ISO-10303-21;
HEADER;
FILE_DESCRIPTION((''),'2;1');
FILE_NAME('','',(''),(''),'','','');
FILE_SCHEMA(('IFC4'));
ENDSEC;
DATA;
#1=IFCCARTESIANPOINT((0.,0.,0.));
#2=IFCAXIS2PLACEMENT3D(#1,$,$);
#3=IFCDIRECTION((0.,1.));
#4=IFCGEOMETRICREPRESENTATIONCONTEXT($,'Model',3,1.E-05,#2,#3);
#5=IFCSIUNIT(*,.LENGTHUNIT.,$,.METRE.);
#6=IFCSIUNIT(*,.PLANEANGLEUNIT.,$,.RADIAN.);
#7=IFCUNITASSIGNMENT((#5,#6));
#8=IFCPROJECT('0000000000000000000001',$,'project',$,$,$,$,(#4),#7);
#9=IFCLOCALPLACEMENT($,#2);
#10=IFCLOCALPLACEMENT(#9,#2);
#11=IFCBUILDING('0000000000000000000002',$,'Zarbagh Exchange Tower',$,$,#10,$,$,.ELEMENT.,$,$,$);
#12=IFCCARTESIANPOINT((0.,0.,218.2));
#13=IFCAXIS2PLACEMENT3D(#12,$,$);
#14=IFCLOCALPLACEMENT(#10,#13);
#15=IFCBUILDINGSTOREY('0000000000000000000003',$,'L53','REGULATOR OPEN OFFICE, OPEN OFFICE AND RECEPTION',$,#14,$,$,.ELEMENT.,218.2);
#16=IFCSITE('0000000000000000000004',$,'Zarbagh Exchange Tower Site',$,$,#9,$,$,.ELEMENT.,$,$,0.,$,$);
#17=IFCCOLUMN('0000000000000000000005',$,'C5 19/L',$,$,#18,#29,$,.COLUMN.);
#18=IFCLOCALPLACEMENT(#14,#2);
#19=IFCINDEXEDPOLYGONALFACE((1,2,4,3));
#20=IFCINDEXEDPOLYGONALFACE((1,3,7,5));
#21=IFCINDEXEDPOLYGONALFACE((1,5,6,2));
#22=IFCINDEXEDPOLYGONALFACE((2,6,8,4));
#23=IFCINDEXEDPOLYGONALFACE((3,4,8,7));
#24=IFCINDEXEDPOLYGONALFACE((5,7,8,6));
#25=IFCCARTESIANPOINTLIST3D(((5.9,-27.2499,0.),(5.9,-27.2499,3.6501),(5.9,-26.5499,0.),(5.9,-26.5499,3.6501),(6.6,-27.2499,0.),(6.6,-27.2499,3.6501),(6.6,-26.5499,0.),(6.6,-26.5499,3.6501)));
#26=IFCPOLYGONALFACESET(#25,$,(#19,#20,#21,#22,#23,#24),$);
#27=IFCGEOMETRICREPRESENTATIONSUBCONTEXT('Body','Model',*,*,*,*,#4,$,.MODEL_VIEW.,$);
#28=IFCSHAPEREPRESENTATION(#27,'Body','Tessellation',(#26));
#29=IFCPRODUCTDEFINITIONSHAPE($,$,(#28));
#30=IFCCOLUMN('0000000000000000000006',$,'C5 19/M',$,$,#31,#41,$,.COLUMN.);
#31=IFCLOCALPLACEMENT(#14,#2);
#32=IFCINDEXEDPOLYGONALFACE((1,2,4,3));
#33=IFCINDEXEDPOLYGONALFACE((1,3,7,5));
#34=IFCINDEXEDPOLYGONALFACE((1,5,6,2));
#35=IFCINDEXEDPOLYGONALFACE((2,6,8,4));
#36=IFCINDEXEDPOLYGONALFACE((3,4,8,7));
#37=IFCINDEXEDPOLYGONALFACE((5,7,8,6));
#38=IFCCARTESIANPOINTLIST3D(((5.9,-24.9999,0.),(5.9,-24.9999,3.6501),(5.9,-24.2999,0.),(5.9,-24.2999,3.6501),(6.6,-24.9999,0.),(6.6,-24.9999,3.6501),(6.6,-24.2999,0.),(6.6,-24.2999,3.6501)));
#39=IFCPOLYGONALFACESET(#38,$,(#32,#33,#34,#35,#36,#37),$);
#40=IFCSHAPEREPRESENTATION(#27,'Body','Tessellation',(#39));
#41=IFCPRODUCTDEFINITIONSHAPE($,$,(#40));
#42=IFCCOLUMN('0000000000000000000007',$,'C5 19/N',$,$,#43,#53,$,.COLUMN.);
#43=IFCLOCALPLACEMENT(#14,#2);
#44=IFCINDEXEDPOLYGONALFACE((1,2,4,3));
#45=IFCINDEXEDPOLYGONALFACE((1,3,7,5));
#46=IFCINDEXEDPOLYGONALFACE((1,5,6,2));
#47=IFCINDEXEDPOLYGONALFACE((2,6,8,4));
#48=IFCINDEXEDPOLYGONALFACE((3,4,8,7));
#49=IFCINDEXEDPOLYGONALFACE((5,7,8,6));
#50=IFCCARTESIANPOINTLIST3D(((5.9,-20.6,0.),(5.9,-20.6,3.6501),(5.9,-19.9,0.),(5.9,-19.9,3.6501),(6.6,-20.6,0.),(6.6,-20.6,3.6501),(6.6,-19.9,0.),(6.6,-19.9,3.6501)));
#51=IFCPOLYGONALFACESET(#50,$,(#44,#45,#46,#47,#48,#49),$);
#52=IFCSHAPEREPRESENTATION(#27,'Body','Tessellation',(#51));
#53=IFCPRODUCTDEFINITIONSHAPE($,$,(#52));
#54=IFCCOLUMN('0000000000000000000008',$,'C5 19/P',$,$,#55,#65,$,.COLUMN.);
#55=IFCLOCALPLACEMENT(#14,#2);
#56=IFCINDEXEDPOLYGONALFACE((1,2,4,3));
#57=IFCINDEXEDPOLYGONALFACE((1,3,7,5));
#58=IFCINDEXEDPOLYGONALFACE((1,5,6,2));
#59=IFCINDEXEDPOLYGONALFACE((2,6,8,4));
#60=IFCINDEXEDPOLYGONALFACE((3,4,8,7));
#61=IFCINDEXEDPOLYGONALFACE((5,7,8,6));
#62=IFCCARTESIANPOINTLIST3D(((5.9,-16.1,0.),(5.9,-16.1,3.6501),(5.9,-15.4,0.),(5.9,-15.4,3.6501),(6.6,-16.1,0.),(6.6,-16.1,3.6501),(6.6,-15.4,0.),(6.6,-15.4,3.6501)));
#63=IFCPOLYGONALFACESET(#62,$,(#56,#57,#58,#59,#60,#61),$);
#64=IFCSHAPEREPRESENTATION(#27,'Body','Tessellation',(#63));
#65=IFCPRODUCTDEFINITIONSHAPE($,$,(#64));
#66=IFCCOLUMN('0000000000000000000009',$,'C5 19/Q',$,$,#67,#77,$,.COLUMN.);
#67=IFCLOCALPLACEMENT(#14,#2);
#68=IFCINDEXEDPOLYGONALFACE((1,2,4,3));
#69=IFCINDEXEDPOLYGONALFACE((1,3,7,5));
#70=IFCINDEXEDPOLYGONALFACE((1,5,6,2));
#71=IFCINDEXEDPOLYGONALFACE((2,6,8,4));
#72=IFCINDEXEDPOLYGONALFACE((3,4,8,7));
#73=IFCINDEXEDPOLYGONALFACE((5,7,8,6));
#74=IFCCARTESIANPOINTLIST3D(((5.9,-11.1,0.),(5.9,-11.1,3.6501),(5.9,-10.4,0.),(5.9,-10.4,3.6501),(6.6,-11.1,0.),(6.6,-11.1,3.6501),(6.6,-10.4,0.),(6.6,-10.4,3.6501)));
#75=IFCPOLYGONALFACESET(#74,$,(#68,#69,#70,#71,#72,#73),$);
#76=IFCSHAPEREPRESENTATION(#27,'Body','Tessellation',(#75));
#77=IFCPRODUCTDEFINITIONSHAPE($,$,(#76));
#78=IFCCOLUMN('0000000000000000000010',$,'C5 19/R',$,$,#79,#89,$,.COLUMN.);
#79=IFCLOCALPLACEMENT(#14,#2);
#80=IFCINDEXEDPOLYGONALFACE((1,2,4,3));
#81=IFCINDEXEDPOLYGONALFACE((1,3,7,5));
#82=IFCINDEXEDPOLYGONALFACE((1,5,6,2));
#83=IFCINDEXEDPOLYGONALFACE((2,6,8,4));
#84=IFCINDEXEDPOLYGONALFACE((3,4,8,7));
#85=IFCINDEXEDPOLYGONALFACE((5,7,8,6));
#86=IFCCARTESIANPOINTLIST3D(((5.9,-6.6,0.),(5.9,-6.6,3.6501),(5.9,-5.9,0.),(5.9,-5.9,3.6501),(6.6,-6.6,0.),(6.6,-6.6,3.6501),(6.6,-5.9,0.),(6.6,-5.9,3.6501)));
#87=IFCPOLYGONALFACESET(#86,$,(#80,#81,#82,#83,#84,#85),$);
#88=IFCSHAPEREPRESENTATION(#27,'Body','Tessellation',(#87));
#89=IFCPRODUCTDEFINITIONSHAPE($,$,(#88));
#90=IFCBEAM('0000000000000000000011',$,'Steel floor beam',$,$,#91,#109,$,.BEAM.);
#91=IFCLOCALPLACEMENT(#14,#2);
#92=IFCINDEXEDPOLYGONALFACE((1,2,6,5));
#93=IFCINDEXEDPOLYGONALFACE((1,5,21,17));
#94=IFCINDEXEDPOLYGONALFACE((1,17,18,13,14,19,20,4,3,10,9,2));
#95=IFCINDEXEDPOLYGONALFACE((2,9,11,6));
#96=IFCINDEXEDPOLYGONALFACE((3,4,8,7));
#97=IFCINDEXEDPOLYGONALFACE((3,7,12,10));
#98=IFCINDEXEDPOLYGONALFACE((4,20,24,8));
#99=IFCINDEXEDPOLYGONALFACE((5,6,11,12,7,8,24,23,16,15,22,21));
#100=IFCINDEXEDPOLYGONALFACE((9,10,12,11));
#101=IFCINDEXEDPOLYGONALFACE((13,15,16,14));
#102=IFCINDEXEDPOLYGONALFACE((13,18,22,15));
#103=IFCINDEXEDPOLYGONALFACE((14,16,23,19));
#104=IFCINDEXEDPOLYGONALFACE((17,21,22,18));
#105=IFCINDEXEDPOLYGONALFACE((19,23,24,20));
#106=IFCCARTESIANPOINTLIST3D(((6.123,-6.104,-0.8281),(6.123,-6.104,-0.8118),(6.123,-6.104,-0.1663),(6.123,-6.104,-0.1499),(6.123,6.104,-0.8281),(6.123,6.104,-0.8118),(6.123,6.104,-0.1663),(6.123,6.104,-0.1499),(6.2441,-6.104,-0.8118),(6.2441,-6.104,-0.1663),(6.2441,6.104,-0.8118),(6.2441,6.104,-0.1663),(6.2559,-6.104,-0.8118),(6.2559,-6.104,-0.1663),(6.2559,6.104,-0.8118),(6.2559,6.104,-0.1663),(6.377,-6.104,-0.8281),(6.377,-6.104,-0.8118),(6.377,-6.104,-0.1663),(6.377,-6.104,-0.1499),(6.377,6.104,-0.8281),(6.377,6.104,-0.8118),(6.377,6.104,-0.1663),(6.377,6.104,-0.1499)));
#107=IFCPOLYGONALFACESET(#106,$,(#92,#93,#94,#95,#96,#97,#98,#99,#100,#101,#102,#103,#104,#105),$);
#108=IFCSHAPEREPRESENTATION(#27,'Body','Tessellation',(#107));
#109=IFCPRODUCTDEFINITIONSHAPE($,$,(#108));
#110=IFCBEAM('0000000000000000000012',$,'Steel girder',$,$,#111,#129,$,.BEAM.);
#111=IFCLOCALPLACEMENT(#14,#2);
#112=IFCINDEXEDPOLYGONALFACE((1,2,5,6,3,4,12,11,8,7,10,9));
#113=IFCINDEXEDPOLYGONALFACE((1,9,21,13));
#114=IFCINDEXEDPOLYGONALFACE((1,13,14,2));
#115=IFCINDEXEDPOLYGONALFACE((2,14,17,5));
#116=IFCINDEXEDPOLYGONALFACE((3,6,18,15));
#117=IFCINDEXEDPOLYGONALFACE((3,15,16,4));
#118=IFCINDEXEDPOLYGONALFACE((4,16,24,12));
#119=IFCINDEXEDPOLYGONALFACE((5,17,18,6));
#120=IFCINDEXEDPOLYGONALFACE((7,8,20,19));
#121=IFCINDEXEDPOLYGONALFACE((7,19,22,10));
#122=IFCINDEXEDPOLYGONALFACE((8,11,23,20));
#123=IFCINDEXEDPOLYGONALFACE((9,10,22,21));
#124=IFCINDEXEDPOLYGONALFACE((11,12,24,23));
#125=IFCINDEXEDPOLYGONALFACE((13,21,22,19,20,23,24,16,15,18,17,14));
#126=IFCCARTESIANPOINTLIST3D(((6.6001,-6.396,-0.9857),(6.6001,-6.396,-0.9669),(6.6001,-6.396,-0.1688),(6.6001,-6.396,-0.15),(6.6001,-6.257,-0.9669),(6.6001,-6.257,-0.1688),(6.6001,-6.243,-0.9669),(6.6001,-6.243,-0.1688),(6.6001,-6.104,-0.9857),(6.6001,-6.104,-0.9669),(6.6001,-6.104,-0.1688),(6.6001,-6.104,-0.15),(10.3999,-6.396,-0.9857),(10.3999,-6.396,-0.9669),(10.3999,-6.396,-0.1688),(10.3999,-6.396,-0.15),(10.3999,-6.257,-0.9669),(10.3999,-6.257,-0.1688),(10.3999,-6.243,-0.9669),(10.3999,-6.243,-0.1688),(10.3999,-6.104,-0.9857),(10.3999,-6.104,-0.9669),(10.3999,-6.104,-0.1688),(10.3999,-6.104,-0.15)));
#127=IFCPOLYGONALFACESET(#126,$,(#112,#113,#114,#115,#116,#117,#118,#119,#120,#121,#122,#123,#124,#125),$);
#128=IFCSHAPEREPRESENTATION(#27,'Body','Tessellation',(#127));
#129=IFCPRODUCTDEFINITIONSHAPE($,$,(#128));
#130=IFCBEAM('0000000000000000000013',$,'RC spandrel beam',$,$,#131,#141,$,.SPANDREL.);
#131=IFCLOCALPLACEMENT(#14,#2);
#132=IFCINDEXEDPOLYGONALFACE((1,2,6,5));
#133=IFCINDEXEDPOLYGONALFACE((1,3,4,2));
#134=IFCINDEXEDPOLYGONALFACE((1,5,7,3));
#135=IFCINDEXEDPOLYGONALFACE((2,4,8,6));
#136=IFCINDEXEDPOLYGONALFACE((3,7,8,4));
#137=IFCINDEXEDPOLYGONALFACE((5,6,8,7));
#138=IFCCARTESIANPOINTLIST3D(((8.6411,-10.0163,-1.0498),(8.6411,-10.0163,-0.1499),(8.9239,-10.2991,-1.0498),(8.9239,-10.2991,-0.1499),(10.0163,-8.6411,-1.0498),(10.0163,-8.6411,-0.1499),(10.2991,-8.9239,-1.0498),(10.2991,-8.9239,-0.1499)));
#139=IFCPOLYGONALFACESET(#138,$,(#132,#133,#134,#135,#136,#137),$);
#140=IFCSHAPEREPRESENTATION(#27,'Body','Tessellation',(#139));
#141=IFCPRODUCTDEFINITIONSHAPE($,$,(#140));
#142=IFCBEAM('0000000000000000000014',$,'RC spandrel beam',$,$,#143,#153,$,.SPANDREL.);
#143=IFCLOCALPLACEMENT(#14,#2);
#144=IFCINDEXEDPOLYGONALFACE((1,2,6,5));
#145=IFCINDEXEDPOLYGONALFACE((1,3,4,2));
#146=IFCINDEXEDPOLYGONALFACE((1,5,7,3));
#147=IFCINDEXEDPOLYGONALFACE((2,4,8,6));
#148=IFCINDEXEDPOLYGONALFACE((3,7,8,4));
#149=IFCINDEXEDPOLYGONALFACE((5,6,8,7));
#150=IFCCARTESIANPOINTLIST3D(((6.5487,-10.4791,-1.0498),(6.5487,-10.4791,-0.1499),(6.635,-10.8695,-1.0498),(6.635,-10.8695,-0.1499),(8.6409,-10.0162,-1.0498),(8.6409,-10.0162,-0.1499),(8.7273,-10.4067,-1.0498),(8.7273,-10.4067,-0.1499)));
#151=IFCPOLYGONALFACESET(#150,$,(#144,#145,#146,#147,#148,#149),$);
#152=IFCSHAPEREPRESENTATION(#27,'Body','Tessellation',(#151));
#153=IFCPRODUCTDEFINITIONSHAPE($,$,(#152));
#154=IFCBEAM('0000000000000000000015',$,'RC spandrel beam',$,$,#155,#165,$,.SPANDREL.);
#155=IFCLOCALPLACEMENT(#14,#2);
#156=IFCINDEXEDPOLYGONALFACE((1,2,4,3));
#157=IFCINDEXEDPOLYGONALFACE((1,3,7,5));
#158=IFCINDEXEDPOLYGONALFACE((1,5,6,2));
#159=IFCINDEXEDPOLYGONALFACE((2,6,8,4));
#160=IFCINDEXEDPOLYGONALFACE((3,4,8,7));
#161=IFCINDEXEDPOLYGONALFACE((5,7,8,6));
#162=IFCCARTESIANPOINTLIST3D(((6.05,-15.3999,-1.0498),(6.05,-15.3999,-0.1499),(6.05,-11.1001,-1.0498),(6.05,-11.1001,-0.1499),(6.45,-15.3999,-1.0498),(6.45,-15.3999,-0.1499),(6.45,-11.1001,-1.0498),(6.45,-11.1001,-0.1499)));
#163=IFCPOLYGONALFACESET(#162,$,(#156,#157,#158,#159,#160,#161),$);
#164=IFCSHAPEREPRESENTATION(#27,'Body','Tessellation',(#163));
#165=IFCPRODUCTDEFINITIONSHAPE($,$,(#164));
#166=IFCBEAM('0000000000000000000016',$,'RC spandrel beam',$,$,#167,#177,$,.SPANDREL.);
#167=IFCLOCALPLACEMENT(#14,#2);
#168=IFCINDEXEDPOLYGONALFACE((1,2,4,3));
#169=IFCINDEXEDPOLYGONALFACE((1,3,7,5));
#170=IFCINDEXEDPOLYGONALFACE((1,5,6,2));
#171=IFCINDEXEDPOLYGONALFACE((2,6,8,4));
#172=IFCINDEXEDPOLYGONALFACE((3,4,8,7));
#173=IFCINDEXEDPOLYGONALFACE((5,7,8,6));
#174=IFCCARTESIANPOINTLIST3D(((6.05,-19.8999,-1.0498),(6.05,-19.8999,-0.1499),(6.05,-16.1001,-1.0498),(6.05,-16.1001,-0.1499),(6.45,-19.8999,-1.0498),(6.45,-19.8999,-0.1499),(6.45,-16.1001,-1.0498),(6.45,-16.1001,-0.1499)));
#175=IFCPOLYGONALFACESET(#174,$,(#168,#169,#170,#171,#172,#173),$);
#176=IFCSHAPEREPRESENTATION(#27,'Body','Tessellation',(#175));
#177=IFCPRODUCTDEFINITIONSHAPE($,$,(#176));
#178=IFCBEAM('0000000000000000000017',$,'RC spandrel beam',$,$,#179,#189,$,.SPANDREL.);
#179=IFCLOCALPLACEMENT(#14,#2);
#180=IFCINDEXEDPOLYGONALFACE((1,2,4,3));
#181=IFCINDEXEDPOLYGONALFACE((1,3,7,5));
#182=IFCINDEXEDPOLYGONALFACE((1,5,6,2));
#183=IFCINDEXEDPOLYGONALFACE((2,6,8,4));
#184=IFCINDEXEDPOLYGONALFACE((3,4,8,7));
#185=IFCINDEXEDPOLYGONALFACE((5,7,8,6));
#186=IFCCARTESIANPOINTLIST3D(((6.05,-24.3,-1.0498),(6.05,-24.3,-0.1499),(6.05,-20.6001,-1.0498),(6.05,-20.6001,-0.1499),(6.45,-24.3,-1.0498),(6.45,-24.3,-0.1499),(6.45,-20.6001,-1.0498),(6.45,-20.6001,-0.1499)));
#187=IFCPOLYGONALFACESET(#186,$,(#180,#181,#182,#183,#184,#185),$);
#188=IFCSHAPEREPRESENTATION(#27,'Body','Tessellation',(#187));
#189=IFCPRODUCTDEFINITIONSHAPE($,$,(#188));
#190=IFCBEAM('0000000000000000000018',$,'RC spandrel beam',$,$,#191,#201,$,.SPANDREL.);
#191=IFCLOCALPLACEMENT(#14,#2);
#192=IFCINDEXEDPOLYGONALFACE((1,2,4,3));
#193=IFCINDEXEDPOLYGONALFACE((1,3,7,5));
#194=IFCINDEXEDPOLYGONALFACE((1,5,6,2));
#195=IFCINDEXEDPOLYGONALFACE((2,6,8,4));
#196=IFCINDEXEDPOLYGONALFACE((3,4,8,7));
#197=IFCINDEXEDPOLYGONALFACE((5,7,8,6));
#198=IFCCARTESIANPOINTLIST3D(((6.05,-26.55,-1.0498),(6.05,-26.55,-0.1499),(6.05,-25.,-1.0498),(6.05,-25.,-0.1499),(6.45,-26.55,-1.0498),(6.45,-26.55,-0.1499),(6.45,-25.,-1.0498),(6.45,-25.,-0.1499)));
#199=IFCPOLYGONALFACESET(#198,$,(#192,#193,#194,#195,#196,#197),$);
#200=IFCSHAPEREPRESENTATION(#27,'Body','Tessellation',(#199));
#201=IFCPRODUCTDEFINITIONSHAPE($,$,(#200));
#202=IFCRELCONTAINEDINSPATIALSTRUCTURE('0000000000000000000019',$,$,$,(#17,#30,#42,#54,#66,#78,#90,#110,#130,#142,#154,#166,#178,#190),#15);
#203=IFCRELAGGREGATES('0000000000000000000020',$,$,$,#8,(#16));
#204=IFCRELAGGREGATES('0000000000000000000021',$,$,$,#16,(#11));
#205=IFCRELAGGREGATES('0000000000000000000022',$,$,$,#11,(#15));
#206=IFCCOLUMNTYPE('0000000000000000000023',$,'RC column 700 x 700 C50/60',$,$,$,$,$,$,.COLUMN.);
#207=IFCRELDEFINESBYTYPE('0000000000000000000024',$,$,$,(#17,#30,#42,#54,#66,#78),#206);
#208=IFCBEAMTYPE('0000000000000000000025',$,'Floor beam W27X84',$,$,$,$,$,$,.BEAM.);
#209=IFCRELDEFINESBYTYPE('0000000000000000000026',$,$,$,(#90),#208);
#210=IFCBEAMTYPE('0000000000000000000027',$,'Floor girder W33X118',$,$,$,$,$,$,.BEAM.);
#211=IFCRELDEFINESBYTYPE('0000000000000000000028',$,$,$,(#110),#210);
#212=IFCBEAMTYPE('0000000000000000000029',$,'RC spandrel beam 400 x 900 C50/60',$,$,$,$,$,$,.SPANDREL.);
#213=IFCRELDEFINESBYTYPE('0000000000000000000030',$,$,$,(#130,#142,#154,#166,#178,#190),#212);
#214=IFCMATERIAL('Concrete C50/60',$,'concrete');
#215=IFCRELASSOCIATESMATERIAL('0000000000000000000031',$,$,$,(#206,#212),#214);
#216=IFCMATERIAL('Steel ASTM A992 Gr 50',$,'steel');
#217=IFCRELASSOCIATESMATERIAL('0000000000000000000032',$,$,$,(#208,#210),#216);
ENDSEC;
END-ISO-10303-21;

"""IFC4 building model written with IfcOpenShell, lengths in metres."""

from ifc_helpers import new_model, si_unit, direction, frame, origin, origin_2d, place, context, subcontext, project, spatial, rectangle, i_section, extrude, material, material_profile, profile_set, type_object, element, save


model = new_model("IFC4")

# Units and contexts
model_context = context("Model", 3, precision=1e-05, world=origin(), true_north=direction((0.0, 1.0)))
body_context = subcontext(model_context, "Body", "Model", "MODEL_VIEW")
ifc_project = project(units=[si_unit("LENGTHUNIT", "METRE"), si_unit("PLANEANGLEUNIT", "RADIAN")], contexts=[model_context])

# Site, building, storey
site_placement = place(None, origin())
site = spatial("IfcSite", under=ifc_project, at=site_placement, Name="Zarbagh Exchange Tower Site", CompositionType="ELEMENT", RefElevation=0.0)
building_placement = place(site_placement, origin())
building = spatial("IfcBuilding", under=site, at=building_placement, Name="Zarbagh Exchange Tower", CompositionType="ELEMENT")
storey_placement = place(building_placement, frame((0.0, 0.0, 218.2)))
storey = spatial("IfcBuildingStorey", under=building, at=storey_placement, Name="L53", Description="REGULATOR OPEN OFFICE, OPEN OFFICE AND RECEPTION", CompositionType="ELEMENT", Elevation=218.2)

# Columns
ifc_material_1 = material(Name="Concrete C50/60", Category="concrete")
ifc_material_profile_1 = material_profile(ifc_material_1, rectangle(XDim=0.7, YDim=0.7, at=origin_2d()), Name="RC column 700 x 700 C50/60")
ifc_profile_set_1 = profile_set([ifc_material_profile_1], Name="Concrete C50/60")
column_type = type_object("IfcColumnType", Name="RC column 700 x 700 C50/60", PredefinedType="COLUMN", material=ifc_profile_set_1)
for number, where, z_axis, x_axis, name in (
    (1, (6.25, -26.8999, 0.0), (0.0, 0.0, 1.0), (1.0, 0.0, 0.0), "C5 19/L"),
    (2, (6.25, -24.6499, 0.0), (0.0, 0.0, 1.0), (1.0, 0.0, 0.0), "C5 19/M"),
    (3, (6.25, -20.25, 0.0), (0.0, 0.0, 1.0), (1.0, 0.0, 0.0), "C5 19/N"),
    (4, (6.25, -15.75, 0.0), (0.0, 0.0, 1.0), (1.0, 0.0, 0.0), "C5 19/P"),
    (5, (6.25, -10.75, 0.0), (0.0, 0.0, 1.0), (1.0, 0.0, 0.0), "C5 19/Q"),
    (6, (6.25, -6.25, 0.0), (0.0, 0.0, 1.0), (1.0, 0.0, 0.0), "C5 19/R"),
):
    element("IfcColumn", number, at=place(storey_placement, frame(where, z_axis=z_axis, x_axis=x_axis)), inside=storey, type_object=column_type, Name=name, PredefinedType="COLUMN", context=body_context, shape_type="SweptSolid", body=[
        extrude(rectangle(XDim=0.7, YDim=0.7, at=origin_2d()), origin(), (0.0, 0.0, 1.0), 3.6501),
    ])

# Beams
ifc_material_2 = material(Name="Steel ASTM A992 Gr 50", Category="steel")
ifc_material_profile_2 = material_profile(ifc_material_2, i_section(OverallWidth=0.2539, OverallDepth=0.6782, WebThickness=0.0117, FlangeThickness=0.0164, at=origin_2d()), Name="W27X84")
ifc_profile_set_2 = profile_set([ifc_material_profile_2], Name="Steel ASTM A992 Gr 50")
beam_type_1 = type_object("IfcBeamType", Name="Floor beam W27X84", PredefinedType="BEAM", material=ifc_profile_set_2)
beam_1_placement = place(storey_placement, frame((6.25, -6.104, -0.489), z_axis=(0.0, 1.0, 0.0), x_axis=(-1.0, 0.0, 0.0)))
element("IfcBeam", 7, at=beam_1_placement, inside=storey, type_object=beam_type_1, Name="Steel floor beam", PredefinedType="BEAM", context=body_context, shape_type="SweptSolid", body=[
    extrude(i_section(OverallWidth=0.2539, OverallDepth=0.6782, WebThickness=0.0117, FlangeThickness=0.0164, at=origin_2d()), origin(), (0.0, 0.0, 1.0), 12.208),
])
ifc_material_profile_3 = material_profile(ifc_material_2, i_section(OverallWidth=0.292, OverallDepth=0.8357, WebThickness=0.0139, FlangeThickness=0.0188, at=origin_2d()), Name="W33X118")
ifc_profile_set_3 = profile_set([ifc_material_profile_3], Name="Steel ASTM A992 Gr 50")
beam_type_2 = type_object("IfcBeamType", Name="Floor girder W33X118", PredefinedType="BEAM", material=ifc_profile_set_3)
beam_2_placement = place(storey_placement, frame((6.6001, -6.25, -0.5679), z_axis=(1.0, 0.0, 0.0), x_axis=(0.0, 1.0, 0.0)))
element("IfcBeam", 8, at=beam_2_placement, inside=storey, type_object=beam_type_2, Name="Steel girder", PredefinedType="BEAM", context=body_context, shape_type="SweptSolid", body=[
    extrude(i_section(OverallWidth=0.292, OverallDepth=0.8357, WebThickness=0.0139, FlangeThickness=0.0188, at=origin_2d()), origin(), (0.0, 0.0, 1.0), 3.7998),
])
ifc_material_profile_4 = material_profile(ifc_material_1, rectangle(XDim=0.3999, YDim=0.8999, at=origin_2d()), Name="RC spandrel beam 400 x 900 C50/60")
ifc_profile_set_4 = profile_set([ifc_material_profile_4], Name="Concrete C50/60")
beam_type_3 = type_object("IfcBeamType", Name="RC spandrel beam 400 x 900 C50/60", PredefinedType="SPANDREL", material=ifc_profile_set_4)
beam_3_placement = place(storey_placement, frame((10.1577, -8.7825, -0.5999), z_axis=(-0.707107, -0.707107, 0.0), x_axis=(0.707107, -0.707107, 0.0)))
element("IfcBeam", 9, at=beam_3_placement, inside=storey, type_object=beam_type_3, Name="RC spandrel beam", PredefinedType="SPANDREL", context=body_context, shape_type="SweptSolid", body=[
    extrude(rectangle(XDim=0.3999, YDim=0.8999, at=origin_2d()), origin(), (0.0, 0.0, 1.0), 1.9448),
])
beam_4_placement = place(storey_placement, frame((8.6841, -10.2114, -0.5999), z_axis=(-0.97639, -0.216014, 0.0), x_axis=(0.216014, -0.97639, 0.0)))
element("IfcBeam", 10, at=beam_4_placement, inside=storey, type_object=beam_type_3, Name="RC spandrel beam", PredefinedType="SPANDREL", context=body_context, shape_type="SweptSolid", body=[
    extrude(rectangle(XDim=0.3999, YDim=0.8999, at=origin_2d()), origin(), (0.0, 0.0, 1.0), 2.1428),
])
beam_5_placement = place(storey_placement, frame((6.25, -11.1001, -0.5999), z_axis=(0.0, -1.0, 0.0), x_axis=(1.0, 0.0, 0.0)))
element("IfcBeam", 11, at=beam_5_placement, inside=storey, type_object=beam_type_3, Name="RC spandrel beam", PredefinedType="SPANDREL", context=body_context, shape_type="SweptSolid", body=[
    extrude(rectangle(XDim=0.3999, YDim=0.8999, at=origin_2d()), origin(), (0.0, 0.0, 1.0), 4.2998),
])
beam_6_placement = place(storey_placement, frame((6.25, -16.1001, -0.5999), z_axis=(0.0, -1.0, 0.0), x_axis=(1.0, 0.0, 0.0)))
element("IfcBeam", 12, at=beam_6_placement, inside=storey, type_object=beam_type_3, Name="RC spandrel beam", PredefinedType="SPANDREL", context=body_context, shape_type="SweptSolid", body=[
    extrude(rectangle(XDim=0.3999, YDim=0.8999, at=origin_2d()), origin(), (0.0, 0.0, 1.0), 3.7998),
])
beam_7_placement = place(storey_placement, frame((6.25, -20.6001, -0.5999), z_axis=(0.0, -1.0, 0.0), x_axis=(1.0, 0.0, 0.0)))
element("IfcBeam", 13, at=beam_7_placement, inside=storey, type_object=beam_type_3, Name="RC spandrel beam", PredefinedType="SPANDREL", context=body_context, shape_type="SweptSolid", body=[
    extrude(rectangle(XDim=0.3999, YDim=0.8999, at=origin_2d()), origin(), (0.0, 0.0, 1.0), 3.7),
])
beam_8_placement = place(storey_placement, frame((6.25, -25.0, -0.5999), z_axis=(0.0, -1.0, 0.0), x_axis=(1.0, 0.0, 0.0)))
element("IfcBeam", 14, at=beam_8_placement, inside=storey, type_object=beam_type_3, Name="RC spandrel beam", PredefinedType="SPANDREL", context=body_context, shape_type="SweptSolid", body=[
    extrude(rectangle(XDim=0.3999, YDim=0.8999, at=origin_2d()), origin(), (0.0, 0.0, 1.0), 1.55),
])

save(model, "model.ifc")
